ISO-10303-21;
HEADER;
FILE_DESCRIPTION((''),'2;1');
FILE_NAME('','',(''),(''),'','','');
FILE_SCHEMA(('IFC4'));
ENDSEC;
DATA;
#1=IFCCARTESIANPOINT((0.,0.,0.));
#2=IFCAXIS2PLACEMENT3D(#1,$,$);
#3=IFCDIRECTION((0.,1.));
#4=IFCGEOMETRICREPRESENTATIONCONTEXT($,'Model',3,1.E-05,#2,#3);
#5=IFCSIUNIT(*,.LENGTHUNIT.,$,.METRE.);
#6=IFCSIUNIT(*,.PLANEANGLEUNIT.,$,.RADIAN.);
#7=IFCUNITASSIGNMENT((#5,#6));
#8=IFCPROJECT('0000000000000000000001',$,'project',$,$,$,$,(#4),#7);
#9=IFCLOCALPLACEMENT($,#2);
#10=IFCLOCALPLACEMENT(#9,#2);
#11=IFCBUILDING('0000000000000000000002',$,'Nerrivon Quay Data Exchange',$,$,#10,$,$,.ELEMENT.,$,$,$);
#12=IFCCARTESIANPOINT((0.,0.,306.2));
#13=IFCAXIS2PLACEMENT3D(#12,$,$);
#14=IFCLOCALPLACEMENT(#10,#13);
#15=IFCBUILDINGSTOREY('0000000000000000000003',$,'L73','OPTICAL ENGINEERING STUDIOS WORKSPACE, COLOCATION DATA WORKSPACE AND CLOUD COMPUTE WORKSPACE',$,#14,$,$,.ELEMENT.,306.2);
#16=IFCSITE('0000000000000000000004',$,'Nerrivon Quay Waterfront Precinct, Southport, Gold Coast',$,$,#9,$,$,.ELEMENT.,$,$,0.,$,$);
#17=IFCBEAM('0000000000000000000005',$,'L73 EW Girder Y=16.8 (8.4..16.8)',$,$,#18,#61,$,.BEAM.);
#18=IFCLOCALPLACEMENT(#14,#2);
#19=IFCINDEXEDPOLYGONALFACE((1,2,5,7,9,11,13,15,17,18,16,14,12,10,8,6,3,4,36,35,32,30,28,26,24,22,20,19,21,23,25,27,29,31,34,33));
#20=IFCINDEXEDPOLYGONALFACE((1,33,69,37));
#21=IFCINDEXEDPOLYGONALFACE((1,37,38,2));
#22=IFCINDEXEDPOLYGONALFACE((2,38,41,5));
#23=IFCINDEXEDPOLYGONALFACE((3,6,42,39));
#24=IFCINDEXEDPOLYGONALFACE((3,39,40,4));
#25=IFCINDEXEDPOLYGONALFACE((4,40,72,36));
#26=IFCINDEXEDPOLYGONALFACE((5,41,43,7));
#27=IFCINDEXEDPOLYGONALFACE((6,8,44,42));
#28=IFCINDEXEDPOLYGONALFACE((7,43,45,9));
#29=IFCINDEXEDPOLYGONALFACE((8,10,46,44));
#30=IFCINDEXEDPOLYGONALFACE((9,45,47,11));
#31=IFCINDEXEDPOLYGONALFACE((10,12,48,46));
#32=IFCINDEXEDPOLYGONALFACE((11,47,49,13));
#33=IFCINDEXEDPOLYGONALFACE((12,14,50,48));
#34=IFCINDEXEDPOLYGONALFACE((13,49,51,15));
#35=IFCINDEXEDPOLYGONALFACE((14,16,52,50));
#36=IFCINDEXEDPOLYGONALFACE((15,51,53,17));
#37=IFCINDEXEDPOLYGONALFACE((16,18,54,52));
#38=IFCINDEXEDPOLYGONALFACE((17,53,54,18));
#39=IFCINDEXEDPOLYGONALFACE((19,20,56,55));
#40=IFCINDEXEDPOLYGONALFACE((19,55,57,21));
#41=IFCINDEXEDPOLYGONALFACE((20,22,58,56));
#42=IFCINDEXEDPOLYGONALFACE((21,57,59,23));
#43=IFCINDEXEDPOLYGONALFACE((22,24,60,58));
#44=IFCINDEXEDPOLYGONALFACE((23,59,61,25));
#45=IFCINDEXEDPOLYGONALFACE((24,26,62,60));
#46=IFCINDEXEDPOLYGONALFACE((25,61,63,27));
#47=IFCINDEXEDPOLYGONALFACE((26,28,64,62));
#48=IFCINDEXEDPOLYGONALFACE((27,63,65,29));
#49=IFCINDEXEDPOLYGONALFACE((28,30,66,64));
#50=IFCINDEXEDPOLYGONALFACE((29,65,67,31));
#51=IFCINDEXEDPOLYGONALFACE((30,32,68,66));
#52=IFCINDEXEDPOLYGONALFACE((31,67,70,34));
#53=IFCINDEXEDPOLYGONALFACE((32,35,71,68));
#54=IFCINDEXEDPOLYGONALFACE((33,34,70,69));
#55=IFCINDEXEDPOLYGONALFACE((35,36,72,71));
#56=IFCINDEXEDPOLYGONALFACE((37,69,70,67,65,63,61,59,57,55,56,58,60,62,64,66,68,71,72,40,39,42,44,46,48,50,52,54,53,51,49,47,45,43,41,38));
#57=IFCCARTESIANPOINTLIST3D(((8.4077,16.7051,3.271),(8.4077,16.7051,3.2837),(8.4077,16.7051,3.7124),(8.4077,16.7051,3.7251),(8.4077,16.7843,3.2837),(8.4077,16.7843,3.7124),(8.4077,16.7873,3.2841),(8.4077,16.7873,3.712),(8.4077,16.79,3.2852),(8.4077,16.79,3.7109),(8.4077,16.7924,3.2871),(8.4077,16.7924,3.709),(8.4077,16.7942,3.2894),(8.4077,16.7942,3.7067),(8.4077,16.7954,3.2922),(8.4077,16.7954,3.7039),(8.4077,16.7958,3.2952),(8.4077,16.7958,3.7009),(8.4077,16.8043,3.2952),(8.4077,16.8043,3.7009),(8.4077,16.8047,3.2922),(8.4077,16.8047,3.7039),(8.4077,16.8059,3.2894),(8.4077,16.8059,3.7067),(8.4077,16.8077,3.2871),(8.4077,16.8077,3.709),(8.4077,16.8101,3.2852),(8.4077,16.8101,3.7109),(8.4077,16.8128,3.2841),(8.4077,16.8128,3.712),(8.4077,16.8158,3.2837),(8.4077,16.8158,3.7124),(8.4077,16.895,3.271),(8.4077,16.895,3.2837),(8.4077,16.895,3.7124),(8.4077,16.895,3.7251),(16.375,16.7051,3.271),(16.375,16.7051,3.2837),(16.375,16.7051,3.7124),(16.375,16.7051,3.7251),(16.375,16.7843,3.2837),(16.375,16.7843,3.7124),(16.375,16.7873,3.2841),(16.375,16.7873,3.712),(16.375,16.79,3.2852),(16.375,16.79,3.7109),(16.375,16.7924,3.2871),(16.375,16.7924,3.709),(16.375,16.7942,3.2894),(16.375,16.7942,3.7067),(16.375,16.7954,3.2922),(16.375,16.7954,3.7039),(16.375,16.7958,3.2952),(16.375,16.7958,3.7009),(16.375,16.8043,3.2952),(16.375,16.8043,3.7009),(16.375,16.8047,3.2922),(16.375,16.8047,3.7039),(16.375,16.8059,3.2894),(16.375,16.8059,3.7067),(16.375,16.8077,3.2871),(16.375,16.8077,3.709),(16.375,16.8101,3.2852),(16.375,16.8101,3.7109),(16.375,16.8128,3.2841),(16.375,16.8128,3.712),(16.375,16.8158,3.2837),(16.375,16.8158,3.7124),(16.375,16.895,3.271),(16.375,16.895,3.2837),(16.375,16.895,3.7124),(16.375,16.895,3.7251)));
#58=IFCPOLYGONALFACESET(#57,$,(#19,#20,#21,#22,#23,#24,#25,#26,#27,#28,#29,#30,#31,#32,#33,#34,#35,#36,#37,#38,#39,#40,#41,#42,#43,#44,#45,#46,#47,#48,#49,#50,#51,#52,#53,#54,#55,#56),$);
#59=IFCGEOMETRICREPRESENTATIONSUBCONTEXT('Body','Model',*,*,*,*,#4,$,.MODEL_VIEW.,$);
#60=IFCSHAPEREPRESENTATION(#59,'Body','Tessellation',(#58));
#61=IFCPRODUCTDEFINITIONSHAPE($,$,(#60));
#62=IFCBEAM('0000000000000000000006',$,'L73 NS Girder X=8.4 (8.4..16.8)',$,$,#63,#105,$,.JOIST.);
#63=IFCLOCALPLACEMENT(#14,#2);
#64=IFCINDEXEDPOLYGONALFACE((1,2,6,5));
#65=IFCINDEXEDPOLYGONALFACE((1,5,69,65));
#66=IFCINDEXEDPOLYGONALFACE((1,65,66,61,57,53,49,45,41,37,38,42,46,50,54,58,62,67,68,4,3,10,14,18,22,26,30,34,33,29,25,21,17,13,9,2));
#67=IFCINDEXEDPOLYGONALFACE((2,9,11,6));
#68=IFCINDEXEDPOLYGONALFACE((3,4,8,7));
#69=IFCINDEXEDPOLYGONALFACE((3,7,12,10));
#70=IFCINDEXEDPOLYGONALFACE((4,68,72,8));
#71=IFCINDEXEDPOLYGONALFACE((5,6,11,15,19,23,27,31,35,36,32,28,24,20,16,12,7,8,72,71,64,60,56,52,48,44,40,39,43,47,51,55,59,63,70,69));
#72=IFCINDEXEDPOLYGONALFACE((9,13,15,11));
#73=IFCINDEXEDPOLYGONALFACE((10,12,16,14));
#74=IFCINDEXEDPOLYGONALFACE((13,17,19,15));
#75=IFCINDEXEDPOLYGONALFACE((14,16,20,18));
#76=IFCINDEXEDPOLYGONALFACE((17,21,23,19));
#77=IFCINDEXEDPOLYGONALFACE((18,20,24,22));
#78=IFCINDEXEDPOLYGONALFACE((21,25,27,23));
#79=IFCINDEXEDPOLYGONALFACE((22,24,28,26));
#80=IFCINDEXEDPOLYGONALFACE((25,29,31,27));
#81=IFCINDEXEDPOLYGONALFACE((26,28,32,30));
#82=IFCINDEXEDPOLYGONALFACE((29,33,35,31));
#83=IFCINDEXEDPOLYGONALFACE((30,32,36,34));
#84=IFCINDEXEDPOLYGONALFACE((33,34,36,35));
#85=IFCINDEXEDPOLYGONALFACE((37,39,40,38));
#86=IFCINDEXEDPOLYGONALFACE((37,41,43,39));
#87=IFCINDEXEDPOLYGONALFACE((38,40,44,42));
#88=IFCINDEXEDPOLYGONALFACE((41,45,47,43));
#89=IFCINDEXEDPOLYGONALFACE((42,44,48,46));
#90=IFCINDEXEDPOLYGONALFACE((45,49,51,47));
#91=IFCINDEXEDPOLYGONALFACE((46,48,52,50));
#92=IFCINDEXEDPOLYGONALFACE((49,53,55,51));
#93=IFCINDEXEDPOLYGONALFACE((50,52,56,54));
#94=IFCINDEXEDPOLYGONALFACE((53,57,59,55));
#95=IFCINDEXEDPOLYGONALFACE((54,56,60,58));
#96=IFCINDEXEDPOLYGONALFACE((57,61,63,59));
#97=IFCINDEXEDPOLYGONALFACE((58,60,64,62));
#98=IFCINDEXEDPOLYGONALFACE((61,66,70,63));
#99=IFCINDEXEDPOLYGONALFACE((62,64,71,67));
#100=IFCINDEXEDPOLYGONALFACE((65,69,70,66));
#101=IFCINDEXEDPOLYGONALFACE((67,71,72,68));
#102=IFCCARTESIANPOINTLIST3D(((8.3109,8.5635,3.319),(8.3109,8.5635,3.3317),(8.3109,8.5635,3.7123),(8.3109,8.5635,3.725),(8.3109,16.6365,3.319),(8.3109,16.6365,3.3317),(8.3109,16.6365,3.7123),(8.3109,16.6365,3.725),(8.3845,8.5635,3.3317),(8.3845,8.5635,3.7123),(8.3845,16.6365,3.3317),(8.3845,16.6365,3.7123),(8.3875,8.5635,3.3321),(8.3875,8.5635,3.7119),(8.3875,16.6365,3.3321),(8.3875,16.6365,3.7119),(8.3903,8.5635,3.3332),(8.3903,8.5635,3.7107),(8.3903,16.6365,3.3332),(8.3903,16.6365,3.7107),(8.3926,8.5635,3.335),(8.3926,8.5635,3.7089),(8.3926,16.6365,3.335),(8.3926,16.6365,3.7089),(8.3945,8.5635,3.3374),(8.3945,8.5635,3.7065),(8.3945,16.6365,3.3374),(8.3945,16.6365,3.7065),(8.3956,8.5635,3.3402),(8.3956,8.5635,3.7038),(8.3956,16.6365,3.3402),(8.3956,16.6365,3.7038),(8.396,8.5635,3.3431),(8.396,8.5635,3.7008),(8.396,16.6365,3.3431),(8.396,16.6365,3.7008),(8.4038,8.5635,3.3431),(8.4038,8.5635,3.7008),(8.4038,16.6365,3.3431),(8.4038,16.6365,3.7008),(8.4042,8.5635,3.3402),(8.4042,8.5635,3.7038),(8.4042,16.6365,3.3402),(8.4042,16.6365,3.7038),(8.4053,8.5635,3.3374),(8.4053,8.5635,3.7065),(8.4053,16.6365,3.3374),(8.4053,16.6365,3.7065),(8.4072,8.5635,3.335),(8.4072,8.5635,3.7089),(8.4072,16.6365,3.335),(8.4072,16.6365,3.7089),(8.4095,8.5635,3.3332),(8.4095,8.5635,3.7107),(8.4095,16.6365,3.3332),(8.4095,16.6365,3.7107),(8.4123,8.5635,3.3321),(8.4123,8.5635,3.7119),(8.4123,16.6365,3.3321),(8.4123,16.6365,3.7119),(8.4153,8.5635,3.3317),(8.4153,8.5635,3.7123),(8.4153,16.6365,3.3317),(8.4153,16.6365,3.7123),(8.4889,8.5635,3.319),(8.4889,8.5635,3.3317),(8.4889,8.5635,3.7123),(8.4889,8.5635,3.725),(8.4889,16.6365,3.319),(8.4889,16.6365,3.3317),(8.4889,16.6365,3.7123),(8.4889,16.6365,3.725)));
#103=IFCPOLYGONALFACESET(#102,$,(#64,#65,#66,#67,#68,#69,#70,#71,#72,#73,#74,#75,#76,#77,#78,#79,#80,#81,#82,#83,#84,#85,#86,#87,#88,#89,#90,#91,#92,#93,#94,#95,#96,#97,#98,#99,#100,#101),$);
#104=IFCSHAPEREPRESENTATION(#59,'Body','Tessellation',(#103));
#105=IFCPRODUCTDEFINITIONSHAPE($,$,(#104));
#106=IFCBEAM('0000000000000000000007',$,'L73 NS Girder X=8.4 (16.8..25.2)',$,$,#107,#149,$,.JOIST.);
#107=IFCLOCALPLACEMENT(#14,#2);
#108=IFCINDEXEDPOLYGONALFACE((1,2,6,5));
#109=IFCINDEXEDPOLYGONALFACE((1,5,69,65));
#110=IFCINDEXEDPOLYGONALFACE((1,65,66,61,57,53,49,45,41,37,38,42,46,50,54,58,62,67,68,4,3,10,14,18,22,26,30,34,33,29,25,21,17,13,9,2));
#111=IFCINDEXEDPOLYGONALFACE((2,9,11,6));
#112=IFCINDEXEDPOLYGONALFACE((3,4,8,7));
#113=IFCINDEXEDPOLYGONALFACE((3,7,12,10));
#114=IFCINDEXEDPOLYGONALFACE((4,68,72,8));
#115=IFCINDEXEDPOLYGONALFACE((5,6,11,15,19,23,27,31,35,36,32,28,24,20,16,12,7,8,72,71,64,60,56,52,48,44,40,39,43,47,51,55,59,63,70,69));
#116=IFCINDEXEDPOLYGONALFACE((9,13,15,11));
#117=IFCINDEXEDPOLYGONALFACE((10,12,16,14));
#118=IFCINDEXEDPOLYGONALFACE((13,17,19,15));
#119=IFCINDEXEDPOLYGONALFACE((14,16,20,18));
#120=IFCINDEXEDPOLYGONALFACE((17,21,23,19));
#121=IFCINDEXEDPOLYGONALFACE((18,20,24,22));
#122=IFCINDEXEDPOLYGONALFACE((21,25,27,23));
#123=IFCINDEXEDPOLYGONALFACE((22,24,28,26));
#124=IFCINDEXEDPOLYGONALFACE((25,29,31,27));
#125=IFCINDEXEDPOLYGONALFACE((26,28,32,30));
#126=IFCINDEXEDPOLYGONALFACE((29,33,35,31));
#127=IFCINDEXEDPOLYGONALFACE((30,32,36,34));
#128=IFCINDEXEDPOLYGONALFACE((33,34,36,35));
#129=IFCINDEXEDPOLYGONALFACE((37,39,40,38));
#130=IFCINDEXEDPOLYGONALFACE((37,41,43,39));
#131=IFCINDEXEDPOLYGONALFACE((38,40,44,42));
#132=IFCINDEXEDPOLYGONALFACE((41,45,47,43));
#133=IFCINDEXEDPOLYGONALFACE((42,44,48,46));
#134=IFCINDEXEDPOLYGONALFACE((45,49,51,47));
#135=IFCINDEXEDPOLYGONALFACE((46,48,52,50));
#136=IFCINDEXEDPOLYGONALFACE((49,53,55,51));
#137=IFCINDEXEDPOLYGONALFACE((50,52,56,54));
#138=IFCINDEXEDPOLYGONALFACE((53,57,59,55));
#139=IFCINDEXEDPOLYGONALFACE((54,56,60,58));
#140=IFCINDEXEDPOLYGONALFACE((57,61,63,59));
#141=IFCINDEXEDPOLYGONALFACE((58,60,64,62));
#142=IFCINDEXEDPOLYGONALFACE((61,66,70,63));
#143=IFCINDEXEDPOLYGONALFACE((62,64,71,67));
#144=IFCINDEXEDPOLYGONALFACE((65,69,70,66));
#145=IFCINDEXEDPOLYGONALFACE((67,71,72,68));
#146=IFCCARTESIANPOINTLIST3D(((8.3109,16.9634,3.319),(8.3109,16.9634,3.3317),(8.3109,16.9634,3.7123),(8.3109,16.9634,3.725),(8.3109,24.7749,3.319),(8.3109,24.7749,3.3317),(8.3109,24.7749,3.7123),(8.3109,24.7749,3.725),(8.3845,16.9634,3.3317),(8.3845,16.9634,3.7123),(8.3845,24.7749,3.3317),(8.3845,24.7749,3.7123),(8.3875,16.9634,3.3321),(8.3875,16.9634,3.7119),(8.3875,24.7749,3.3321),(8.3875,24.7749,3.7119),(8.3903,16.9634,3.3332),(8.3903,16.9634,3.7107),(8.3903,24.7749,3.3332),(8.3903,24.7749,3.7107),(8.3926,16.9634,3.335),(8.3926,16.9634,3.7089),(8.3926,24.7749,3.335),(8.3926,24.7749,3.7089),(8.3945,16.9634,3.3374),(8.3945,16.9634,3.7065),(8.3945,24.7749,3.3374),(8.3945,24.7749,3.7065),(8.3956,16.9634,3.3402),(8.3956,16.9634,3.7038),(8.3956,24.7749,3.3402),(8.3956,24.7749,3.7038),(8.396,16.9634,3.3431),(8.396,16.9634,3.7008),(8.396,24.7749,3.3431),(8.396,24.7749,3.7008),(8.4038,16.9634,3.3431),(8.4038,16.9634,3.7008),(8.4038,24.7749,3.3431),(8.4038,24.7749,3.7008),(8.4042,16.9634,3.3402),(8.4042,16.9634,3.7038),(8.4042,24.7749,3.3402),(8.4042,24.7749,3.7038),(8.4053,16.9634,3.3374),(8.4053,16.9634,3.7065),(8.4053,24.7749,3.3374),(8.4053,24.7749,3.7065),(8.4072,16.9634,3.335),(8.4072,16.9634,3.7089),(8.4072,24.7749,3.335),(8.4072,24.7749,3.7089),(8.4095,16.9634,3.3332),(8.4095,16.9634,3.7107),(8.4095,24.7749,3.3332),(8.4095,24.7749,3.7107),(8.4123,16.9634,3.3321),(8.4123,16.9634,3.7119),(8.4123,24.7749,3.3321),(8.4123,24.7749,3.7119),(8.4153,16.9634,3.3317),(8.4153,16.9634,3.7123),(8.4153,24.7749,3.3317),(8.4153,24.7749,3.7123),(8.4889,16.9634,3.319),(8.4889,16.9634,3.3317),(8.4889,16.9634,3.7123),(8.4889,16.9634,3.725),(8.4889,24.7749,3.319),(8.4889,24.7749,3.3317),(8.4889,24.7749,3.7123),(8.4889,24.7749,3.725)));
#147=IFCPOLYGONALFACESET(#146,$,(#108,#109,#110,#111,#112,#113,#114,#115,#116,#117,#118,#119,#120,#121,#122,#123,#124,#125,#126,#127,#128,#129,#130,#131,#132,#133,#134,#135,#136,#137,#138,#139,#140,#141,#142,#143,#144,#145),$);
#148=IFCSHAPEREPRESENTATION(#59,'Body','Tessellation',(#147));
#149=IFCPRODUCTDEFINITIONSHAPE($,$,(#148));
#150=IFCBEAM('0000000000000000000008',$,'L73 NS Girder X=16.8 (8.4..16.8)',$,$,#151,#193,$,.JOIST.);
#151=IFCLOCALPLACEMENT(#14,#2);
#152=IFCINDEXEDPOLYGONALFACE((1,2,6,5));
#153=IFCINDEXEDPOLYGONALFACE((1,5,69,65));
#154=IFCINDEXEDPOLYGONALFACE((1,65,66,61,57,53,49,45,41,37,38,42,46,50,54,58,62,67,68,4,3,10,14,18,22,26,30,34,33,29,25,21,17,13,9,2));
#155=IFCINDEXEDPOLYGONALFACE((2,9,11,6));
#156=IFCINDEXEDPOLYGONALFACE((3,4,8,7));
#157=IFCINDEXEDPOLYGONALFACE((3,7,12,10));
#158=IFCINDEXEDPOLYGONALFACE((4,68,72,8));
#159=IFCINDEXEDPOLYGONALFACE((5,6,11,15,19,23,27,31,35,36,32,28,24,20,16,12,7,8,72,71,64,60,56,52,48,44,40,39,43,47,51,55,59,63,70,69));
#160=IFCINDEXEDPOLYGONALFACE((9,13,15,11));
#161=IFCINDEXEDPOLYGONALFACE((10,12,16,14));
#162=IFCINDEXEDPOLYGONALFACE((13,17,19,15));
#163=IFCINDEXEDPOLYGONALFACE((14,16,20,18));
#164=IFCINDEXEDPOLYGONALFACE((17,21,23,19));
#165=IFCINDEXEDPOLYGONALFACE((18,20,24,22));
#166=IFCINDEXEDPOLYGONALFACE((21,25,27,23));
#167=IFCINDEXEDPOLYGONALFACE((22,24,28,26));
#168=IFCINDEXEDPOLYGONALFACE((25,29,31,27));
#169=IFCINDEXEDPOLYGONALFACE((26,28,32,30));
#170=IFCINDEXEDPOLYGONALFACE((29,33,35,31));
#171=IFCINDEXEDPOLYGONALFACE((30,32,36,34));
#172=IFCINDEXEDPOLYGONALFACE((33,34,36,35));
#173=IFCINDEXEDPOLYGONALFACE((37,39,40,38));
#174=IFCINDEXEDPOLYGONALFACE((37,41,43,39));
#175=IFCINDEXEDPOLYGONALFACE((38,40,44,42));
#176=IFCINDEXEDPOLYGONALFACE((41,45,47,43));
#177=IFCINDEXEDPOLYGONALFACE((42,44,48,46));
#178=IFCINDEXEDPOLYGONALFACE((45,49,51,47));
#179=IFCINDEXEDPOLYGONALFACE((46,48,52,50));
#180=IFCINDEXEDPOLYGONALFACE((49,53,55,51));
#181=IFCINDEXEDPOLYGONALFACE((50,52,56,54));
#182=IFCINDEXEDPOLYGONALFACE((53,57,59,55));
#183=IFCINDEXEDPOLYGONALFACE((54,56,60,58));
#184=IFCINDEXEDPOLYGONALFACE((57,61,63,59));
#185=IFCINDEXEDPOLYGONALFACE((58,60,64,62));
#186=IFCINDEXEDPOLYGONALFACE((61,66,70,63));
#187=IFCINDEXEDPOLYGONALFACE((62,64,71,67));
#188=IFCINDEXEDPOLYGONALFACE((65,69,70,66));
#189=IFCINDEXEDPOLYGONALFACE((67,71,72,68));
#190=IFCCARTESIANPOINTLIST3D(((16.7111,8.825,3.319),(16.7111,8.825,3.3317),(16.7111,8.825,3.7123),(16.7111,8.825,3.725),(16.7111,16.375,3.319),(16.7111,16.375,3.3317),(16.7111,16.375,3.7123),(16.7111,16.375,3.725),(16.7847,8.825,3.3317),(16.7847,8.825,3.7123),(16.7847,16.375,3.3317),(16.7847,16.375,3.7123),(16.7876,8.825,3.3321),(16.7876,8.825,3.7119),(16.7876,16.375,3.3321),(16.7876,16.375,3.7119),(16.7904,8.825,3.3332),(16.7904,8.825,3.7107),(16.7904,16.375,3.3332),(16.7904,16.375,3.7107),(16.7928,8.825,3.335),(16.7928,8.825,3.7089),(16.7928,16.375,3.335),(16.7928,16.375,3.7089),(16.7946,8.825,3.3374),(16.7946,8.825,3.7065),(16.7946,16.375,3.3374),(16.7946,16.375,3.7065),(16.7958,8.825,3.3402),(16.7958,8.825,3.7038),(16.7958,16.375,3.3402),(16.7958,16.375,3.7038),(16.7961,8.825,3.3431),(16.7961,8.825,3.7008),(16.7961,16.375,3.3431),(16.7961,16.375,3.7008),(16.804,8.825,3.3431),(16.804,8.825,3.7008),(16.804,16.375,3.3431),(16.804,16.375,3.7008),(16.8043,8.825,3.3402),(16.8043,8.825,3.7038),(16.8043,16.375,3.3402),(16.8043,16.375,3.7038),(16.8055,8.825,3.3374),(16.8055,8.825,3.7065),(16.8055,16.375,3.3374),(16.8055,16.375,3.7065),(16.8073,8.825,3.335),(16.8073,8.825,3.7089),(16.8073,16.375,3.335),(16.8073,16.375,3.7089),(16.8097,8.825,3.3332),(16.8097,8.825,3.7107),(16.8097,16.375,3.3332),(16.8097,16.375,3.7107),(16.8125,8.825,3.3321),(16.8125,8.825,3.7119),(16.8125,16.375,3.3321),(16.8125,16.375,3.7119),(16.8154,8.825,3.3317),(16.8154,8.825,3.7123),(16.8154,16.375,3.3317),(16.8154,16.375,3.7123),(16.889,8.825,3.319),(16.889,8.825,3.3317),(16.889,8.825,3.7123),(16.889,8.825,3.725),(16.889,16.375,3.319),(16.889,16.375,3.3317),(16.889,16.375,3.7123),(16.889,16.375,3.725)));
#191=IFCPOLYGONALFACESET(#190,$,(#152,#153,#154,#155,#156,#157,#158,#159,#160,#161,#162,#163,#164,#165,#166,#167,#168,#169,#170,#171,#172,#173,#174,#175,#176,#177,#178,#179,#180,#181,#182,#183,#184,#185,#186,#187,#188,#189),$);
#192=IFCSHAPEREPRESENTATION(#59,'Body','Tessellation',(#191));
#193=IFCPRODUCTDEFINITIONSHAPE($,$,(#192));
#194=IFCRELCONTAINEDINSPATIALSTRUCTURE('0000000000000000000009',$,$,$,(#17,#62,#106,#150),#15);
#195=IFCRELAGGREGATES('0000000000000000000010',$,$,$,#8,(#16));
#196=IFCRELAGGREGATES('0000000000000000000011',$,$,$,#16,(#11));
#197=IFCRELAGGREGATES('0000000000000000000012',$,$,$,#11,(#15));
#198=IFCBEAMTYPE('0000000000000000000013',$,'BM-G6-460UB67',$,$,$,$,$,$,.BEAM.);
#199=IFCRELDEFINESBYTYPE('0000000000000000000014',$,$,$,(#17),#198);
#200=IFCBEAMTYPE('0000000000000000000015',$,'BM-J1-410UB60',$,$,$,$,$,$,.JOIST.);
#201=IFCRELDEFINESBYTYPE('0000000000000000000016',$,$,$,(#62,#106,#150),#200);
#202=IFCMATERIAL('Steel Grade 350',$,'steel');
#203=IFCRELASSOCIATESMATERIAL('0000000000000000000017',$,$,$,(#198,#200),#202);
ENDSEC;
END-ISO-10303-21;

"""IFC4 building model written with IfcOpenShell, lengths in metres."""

from ifc_helpers import new_model, si_unit, direction, frame, origin, origin_2d, place, context, subcontext, project, spatial, i_section, extrude, material, material_profile, profile_set, type_object, element, save


model = new_model("IFC4")

# Units and contexts
model_context = context("Model", 3, precision=1e-05, world=origin(), true_north=direction((0.0, 1.0)))
body_context = subcontext(model_context, "Body", "Model", "MODEL_VIEW")
ifc_project = project(units=[si_unit("LENGTHUNIT", "METRE"), si_unit("PLANEANGLEUNIT", "RADIAN")], contexts=[model_context])

# Site, building, storey
site_placement = place(None, origin())
site = spatial("IfcSite", under=ifc_project, at=site_placement, Name="Nerrivon Quay Waterfront Precinct, Southport, Gold Coast", CompositionType="ELEMENT", RefElevation=0.0)
building_placement = place(site_placement, origin())
building = spatial("IfcBuilding", under=site, at=building_placement, Name="Nerrivon Quay Data Exchange", CompositionType="ELEMENT")
storey_placement = place(building_placement, frame((0.0, 0.0, 306.2)))
storey = spatial("IfcBuildingStorey", under=building, at=storey_placement, Name="L73", Description="OPTICAL ENGINEERING STUDIOS WORKSPACE, COLOCATION DATA WORKSPACE AND CLOUD COMPUTE WORKSPACE", CompositionType="ELEMENT", Elevation=306.2)

# Shared definitions
ifc_material_1 = material(Name="Steel Grade 350", Category="steel")

# Beams
ifc_material_profile_1 = material_profile(ifc_material_1, i_section(OverallWidth=0.1899, OverallDepth=0.4541, WebThickness=0.0085, FlangeThickness=0.0127, FilletRadius=0.0115, at=origin_2d()), Name="460UB67.1")
ifc_profile_set_1 = profile_set([ifc_material_profile_1], Name="Steel Grade 350")
beam_type_1 = type_object("IfcBeamType", Name="BM-G6-460UB67", PredefinedType="BEAM", material=ifc_profile_set_1)
for number, where, z_axis, x_axis, name in (
    (1, (8.4077, 16.8, 3.498), (1.0, 0.0, 0.0), (0.0, 1.0, 0.0), "L73 EW Girder Y=16.8 (8.4..16.8)"),
):
    element("IfcBeam", number, at=place(storey_placement, frame(where, z_axis=z_axis, x_axis=x_axis)), inside=storey, type_object=beam_type_1, Name=name, PredefinedType="BEAM", context=body_context, shape_type="SweptSolid", body=[
        extrude(i_section(OverallWidth=0.1899, OverallDepth=0.4541, WebThickness=0.0085, FlangeThickness=0.0127, FilletRadius=0.0115, at=origin_2d()), origin(), (0.0, 0.0, 1.0), 7.9673),
    ])
ifc_material_profile_2 = material_profile(ifc_material_1, i_section(OverallWidth=0.178, OverallDepth=0.406, WebThickness=0.0078, FlangeThickness=0.0127, FilletRadius=0.0115, at=origin_2d()), Name="410UB59.7")
ifc_profile_set_2 = profile_set([ifc_material_profile_2], Name="Steel Grade 350")
beam_type_2 = type_object("IfcBeamType", Name="BM-J1-410UB60", PredefinedType="JOIST", material=ifc_profile_set_2)
beam_1_placement = place(storey_placement, frame((8.3999, 8.5635, 3.522), z_axis=(0.0, 1.0, 0.0), x_axis=(-1.0, 0.0, 0.0)))
element("IfcBeam", 2, at=beam_1_placement, inside=storey, type_object=beam_type_2, Name="L73 NS Girder X=8.4 (8.4..16.8)", PredefinedType="JOIST", context=body_context, shape_type="SweptSolid", body=[
    extrude(i_section(OverallWidth=0.178, OverallDepth=0.406, WebThickness=0.0078, FlangeThickness=0.0127, FilletRadius=0.0115, at=origin_2d()), origin(), (0.0, 0.0, 1.0), 8.073),
])
beam_2_placement = place(storey_placement, frame((8.3999, 16.9634, 3.522), z_axis=(0.0, 1.0, 0.0), x_axis=(-1.0, 0.0, 0.0)))
element("IfcBeam", 3, at=beam_2_placement, inside=storey, type_object=beam_type_2, Name="L73 NS Girder X=8.4 (16.8..25.2)", PredefinedType="JOIST", context=body_context, shape_type="SweptSolid", body=[
    extrude(i_section(OverallWidth=0.178, OverallDepth=0.406, WebThickness=0.0078, FlangeThickness=0.0127, FilletRadius=0.0115, at=origin_2d()), origin(), (0.0, 0.0, 1.0), 7.8115),
])
beam_3_placement = place(storey_placement, frame((16.8, 8.825, 3.522), z_axis=(0.0, 1.0, 0.0), x_axis=(-1.0, 0.0, 0.0)))
element("IfcBeam", 4, at=beam_3_placement, inside=storey, type_object=beam_type_2, Name="L73 NS Girder X=16.8 (8.4..16.8)", PredefinedType="JOIST", context=body_context, shape_type="SweptSolid", body=[
    extrude(i_section(OverallWidth=0.178, OverallDepth=0.406, WebThickness=0.0078, FlangeThickness=0.0127, FilletRadius=0.0115, at=origin_2d()), origin(), (0.0, 0.0, 1.0), 7.55),
])

save(model, "model.ifc")
